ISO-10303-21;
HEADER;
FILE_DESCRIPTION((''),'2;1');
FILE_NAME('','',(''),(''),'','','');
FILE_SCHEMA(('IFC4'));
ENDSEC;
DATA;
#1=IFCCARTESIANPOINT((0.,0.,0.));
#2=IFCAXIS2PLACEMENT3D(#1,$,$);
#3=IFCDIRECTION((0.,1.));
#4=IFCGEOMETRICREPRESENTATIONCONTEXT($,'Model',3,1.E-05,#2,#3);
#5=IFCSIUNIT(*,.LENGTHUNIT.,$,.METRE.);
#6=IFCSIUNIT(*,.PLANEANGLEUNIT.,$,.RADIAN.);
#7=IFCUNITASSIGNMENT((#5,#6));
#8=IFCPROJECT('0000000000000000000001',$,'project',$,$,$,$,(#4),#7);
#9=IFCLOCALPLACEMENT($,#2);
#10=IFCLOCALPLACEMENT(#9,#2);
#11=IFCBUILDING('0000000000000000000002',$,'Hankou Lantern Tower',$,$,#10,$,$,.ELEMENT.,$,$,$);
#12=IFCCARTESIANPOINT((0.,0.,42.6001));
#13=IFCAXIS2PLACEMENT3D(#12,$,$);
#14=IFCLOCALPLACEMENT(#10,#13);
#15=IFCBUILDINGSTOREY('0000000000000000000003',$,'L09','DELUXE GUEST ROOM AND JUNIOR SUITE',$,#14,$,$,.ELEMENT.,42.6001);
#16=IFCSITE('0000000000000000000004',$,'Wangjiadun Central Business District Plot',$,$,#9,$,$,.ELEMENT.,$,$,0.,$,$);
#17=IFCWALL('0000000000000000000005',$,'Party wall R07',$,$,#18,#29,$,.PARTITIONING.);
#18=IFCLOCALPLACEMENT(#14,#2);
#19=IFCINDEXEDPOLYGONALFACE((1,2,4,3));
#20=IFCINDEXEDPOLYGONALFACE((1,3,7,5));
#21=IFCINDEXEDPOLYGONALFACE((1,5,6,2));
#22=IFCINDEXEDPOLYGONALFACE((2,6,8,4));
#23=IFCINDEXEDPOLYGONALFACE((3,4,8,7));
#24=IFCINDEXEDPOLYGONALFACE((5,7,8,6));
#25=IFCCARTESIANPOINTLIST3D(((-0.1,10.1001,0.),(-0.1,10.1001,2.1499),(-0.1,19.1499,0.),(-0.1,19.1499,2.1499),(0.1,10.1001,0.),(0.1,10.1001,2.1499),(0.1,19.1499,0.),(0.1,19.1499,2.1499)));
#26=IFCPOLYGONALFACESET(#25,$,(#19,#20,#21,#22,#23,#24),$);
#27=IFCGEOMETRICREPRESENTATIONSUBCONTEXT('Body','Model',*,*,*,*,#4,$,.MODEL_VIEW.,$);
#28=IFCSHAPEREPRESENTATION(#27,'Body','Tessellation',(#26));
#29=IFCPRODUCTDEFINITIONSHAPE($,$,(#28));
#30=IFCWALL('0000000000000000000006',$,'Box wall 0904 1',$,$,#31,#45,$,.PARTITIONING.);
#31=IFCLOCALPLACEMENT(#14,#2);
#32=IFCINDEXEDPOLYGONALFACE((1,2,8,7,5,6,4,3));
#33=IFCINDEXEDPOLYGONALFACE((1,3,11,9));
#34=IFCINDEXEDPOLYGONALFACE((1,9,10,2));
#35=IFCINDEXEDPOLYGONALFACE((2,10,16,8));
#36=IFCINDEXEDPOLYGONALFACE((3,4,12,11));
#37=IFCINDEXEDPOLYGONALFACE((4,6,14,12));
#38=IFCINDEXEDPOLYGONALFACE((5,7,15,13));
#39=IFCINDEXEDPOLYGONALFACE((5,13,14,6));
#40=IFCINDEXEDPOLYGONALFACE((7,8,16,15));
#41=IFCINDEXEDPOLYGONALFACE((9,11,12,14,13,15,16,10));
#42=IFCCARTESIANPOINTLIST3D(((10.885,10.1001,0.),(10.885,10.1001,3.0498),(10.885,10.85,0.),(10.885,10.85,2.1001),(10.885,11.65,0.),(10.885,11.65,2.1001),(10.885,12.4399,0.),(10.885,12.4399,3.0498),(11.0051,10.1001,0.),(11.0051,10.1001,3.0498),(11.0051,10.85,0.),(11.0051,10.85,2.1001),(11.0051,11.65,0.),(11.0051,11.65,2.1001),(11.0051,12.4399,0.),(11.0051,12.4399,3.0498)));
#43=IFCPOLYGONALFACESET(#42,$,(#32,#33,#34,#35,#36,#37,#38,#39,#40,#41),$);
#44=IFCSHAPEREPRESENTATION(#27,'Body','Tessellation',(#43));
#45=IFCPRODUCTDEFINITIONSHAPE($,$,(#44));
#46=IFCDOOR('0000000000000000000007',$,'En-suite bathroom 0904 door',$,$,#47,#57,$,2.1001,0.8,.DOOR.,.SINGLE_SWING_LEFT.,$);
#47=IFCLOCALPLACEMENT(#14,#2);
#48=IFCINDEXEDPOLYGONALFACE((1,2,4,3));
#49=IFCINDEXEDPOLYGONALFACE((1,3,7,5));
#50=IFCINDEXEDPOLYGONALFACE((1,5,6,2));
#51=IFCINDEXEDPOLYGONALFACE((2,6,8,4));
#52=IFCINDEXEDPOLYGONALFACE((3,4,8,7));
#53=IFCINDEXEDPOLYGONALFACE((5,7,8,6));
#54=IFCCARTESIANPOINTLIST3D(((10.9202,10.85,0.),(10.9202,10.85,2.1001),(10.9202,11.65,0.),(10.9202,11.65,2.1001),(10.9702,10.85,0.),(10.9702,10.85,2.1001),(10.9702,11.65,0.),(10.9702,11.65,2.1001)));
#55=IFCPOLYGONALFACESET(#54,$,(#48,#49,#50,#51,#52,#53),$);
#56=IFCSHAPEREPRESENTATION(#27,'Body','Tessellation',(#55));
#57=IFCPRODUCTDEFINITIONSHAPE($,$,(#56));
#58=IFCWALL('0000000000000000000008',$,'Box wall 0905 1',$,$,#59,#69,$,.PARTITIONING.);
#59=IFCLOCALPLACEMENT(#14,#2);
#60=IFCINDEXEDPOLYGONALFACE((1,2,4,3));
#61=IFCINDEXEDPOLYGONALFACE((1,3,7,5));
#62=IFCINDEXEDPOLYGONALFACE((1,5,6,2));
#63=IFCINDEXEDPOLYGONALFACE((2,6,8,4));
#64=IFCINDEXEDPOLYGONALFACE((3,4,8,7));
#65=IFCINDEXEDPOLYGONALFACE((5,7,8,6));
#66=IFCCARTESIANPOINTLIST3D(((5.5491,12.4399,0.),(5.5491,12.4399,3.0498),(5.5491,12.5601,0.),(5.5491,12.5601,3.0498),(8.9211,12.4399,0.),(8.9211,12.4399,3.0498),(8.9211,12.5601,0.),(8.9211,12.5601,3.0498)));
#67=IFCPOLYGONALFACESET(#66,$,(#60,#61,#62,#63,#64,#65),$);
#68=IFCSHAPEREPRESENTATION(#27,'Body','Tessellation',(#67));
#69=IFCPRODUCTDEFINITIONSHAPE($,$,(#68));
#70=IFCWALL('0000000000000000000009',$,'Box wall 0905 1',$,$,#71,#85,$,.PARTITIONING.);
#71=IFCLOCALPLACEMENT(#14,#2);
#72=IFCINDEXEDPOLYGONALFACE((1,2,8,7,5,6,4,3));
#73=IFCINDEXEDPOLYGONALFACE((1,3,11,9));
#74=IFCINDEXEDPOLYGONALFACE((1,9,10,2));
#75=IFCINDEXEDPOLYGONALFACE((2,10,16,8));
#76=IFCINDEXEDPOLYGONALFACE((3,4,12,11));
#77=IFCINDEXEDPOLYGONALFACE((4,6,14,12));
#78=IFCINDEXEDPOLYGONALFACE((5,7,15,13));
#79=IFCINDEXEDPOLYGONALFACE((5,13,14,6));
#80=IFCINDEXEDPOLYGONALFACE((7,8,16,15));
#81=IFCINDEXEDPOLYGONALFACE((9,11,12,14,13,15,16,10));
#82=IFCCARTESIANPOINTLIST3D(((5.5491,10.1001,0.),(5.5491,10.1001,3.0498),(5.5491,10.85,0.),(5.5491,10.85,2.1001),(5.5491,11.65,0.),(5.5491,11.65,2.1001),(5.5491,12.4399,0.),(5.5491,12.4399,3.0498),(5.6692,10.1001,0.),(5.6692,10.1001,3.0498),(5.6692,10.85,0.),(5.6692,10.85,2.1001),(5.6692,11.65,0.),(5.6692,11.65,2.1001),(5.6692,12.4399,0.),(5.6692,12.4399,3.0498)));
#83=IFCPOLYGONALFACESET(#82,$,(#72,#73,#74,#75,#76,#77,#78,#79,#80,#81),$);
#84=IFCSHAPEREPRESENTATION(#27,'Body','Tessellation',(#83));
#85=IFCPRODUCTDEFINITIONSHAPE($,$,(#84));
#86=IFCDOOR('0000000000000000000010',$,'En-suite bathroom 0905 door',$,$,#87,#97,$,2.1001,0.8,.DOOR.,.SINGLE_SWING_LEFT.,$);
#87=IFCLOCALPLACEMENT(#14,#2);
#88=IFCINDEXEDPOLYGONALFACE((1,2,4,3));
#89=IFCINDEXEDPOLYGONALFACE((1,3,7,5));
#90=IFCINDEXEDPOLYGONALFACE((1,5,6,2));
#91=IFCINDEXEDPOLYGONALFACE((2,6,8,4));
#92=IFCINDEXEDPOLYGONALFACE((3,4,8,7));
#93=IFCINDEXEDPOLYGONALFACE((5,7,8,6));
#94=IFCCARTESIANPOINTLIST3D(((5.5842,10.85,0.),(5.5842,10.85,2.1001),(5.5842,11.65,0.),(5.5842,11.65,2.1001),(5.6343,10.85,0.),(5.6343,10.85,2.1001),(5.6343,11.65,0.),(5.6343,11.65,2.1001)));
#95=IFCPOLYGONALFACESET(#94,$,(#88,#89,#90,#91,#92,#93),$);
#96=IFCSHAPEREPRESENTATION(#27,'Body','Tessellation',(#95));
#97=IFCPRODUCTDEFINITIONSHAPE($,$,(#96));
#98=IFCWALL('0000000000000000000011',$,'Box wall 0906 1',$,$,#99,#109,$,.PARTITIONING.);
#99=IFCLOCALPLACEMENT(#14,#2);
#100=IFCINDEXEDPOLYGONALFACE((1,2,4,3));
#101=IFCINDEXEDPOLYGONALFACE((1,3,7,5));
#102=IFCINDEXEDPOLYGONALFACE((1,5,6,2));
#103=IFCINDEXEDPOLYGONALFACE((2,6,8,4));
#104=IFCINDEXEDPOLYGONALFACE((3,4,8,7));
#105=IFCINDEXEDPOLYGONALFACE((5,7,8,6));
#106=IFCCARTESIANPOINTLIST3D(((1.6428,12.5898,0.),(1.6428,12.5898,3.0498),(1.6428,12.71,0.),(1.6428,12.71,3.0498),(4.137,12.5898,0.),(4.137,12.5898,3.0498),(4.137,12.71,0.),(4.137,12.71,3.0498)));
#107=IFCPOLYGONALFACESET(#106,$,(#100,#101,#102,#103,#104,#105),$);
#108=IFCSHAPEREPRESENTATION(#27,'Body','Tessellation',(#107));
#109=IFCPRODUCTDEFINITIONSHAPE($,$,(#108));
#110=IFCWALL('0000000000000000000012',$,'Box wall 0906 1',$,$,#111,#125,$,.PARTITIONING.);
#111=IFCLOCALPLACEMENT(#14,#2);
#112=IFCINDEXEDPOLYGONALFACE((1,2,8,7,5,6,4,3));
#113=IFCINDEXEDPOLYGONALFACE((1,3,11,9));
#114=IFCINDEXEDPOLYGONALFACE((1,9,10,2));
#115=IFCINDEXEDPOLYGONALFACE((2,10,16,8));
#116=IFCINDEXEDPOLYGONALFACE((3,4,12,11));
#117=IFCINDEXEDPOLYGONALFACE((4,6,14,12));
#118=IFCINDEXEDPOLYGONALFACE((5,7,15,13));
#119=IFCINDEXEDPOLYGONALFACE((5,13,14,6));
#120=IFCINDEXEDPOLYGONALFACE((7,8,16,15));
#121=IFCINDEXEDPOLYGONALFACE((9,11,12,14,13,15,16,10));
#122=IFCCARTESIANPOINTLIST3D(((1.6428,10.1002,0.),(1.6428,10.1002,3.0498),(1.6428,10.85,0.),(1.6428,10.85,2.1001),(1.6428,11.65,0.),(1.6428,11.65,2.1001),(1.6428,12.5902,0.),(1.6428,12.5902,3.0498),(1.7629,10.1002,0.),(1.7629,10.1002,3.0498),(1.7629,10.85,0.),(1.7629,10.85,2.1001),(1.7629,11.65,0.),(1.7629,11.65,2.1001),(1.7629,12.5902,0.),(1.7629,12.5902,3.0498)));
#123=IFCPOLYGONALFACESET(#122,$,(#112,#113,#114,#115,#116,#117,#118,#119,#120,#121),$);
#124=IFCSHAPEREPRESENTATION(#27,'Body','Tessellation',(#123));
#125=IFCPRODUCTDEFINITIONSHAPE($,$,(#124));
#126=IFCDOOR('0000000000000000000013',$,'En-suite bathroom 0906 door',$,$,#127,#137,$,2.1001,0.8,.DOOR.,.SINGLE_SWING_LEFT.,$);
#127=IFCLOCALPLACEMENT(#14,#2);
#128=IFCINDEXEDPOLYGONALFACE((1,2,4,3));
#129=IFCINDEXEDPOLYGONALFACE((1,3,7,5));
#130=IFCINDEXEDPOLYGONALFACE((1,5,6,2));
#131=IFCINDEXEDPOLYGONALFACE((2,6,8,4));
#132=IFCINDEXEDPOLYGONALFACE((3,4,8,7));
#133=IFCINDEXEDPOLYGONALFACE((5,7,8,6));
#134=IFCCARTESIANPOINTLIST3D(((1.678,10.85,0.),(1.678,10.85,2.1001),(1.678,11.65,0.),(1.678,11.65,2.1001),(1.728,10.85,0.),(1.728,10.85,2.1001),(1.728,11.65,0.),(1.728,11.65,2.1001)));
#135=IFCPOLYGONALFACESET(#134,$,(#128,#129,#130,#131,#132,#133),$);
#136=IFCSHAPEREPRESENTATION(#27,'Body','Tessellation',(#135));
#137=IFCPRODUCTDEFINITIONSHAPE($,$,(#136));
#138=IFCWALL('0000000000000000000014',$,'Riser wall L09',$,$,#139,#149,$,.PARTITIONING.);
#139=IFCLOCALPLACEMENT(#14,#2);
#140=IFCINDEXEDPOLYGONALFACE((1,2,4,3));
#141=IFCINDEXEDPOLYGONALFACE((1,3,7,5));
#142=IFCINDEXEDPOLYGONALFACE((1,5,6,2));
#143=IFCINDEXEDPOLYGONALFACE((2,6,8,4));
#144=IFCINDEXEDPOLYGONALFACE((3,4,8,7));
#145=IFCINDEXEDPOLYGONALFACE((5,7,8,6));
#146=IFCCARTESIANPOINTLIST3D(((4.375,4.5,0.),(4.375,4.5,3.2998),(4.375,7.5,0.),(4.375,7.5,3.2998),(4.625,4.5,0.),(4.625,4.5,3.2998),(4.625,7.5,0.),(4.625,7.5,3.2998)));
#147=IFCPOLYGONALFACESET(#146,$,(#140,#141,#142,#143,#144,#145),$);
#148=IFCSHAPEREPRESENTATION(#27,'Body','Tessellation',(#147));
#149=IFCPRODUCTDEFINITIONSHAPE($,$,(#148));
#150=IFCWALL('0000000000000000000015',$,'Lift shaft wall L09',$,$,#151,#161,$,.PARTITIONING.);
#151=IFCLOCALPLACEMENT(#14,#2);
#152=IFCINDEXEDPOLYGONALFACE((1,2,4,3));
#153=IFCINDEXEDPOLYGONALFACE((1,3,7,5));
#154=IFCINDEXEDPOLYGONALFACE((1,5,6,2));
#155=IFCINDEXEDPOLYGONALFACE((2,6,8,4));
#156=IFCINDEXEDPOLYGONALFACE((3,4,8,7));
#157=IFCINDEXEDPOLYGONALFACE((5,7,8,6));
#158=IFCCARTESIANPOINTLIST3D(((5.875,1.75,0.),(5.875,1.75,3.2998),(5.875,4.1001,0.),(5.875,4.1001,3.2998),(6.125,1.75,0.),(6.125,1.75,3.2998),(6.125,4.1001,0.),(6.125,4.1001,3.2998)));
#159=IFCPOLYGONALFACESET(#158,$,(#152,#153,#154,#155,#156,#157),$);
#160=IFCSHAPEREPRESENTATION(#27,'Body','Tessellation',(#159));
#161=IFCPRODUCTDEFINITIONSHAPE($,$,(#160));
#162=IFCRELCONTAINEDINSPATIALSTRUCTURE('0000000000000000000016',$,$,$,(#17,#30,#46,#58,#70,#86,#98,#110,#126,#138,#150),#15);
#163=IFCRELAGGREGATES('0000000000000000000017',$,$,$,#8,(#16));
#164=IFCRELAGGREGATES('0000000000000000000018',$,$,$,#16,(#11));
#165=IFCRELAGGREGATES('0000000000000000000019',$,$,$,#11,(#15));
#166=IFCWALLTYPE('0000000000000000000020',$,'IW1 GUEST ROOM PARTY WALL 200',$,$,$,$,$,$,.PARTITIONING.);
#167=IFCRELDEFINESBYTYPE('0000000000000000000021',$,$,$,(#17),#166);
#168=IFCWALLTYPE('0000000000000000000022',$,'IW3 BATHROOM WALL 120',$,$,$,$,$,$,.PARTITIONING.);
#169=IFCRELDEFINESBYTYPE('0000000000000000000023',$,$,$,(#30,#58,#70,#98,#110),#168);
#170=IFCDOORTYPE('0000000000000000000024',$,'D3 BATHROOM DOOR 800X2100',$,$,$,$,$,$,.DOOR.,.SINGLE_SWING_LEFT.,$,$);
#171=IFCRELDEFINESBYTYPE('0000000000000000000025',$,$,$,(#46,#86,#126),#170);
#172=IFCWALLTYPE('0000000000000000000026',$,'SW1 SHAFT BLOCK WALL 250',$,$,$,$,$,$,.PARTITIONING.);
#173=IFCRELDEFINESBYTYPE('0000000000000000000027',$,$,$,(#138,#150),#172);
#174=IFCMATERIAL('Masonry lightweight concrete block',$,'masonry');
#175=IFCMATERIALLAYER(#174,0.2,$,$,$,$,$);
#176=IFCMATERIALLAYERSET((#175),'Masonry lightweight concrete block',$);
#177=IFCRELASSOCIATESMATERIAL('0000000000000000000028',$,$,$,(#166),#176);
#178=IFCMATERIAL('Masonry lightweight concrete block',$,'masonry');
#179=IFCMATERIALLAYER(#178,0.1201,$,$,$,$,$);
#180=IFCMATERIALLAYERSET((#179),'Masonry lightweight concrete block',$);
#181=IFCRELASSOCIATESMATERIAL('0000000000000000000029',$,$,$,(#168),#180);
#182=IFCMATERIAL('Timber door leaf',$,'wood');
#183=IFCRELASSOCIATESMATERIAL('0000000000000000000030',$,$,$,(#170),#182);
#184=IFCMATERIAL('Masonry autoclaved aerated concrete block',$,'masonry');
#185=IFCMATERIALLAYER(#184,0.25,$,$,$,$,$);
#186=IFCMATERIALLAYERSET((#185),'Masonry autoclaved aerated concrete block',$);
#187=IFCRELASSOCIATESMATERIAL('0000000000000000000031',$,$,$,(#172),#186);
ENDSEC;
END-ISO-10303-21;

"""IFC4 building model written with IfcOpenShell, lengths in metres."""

from ifc_helpers import new_model, si_unit, direction, frame, frame_2d, origin, place, context, subcontext, project, spatial, rectangle, extrude, material, layer, layer_set, type_object, element, fill, save


model = new_model("IFC4")

# Units and contexts
model_context = context("Model", 3, precision=1e-05, world=origin(), true_north=direction((0.0, 1.0)))
body_context = subcontext(model_context, "Body", "Model", "MODEL_VIEW")
ifc_project = project(units=[si_unit("LENGTHUNIT", "METRE"), si_unit("PLANEANGLEUNIT", "RADIAN")], contexts=[model_context])

# Site, building, storey
site_placement = place(None, origin())
site = spatial("IfcSite", under=ifc_project, at=site_placement, Name="Wangjiadun Central Business District Plot", CompositionType="ELEMENT", RefElevation=0.0)
building_placement = place(site_placement, origin())
building = spatial("IfcBuilding", under=site, at=building_placement, Name="Hankou Lantern Tower", CompositionType="ELEMENT")
storey_placement = place(building_placement, frame((0.0, 0.0, 42.6001)))
storey = spatial("IfcBuildingStorey", under=building, at=storey_placement, Name="L09", Description="DELUXE GUEST ROOM AND JUNIOR SUITE", CompositionType="ELEMENT", Elevation=42.6001)

# Wall
ifc_material_1 = material(Name="Masonry lightweight concrete block", Category="masonry")
ifc_layer_1 = layer(ifc_material_1, 0.2)
ifc_layer_set_1 = layer_set([ifc_layer_1], Name="Masonry lightweight concrete block")
wall_type_1 = type_object("IfcWallType", Name="IW1 GUEST ROOM PARTY WALL 200", PredefinedType="PARTITIONING", material=ifc_layer_set_1)
wall_1_placement = place(storey_placement, frame((0.0, 10.1001, 0.0), z_axis=(0.0, 0.0, 1.0), x_axis=(0.0, 1.0, 0.0)))
element("IfcWall", 1, at=wall_1_placement, inside=storey, type_object=wall_type_1, Name="Party wall R07", PredefinedType="PARTITIONING", context=body_context, shape_type="SweptSolid", body=[
    extrude(rectangle(XDim=9.0498, YDim=0.2, at=frame_2d((4.5249, 0.0))), origin(), (0.0, 0.0, 1.0), 2.1499),
])

# Wall, opening, door
ifc_material_2 = material(Name="Masonry lightweight concrete block", Category="masonry")
ifc_layer_2 = layer(ifc_material_2, 0.1201)
ifc_layer_set_2 = layer_set([ifc_layer_2], Name="Masonry lightweight concrete block")
wall_type_2 = type_object("IfcWallType", Name="IW3 BATHROOM WALL 120", PredefinedType="PARTITIONING", material=ifc_layer_set_2)
wall_2_placement = place(storey_placement, frame((10.9451, 10.1001, 0.0), z_axis=(0.0, 0.0, 1.0), x_axis=(0.0, 1.0, 0.0)))
wall_2 = element("IfcWall", 2, at=wall_2_placement, inside=storey, type_object=wall_type_2, Name="Box wall 0904 1", PredefinedType="PARTITIONING", context=body_context, shape_type="SweptSolid", body=[
    extrude(rectangle(XDim=2.3398, YDim=0.1201, at=frame_2d((1.1699, 0.0))), origin(), (0.0, 0.0, 1.0), 3.0498),
])
opening_1_placement = place(wall_2_placement, frame((0.75, 0.0, 0.0)))
opening_1 = element("IfcOpeningElement", 3, at=opening_1_placement, cuts=wall_2, PredefinedType="OPENING", context=body_context, shape_type="SweptSolid", body=[
    extrude(rectangle(XDim=0.8, YDim=2.1001, at=frame_2d((0.3999, 1.05))), frame((0.0, 0.0701, 0.0), z_axis=(0.0, -1.0, 0.0), x_axis=(1.0, 0.0, 0.0)), (0.0, 0.0, 1.0), 0.1401),
])
ifc_material_3 = material(Name="Timber door leaf", Category="wood")
door_type_1 = type_object("IfcDoorType", Name="D3 BATHROOM DOOR 800X2100", OperationType="SINGLE_SWING_LEFT", PredefinedType="DOOR", material=ifc_material_3)
door_1_placement = place(opening_1_placement, origin())
door_1 = element("IfcDoor", 4, at=door_1_placement, inside=storey, type_object=door_type_1, Name="En-suite bathroom 0904 door", OperationType="SINGLE_SWING_LEFT", OverallHeight=2.1001, OverallWidth=0.8, PredefinedType="DOOR", context=body_context, shape_type="SweptSolid", body=[
    extrude(rectangle(XDim=0.8, YDim=2.1001, at=frame_2d((0.3999, 1.05))), frame((0.0, 0.0249, 0.0), z_axis=(0.0, -1.0, 0.0), x_axis=(1.0, 0.0, 0.0)), (0.0, 0.0, 1.0), 0.05),
])
fill(opening_1, door_1)

# Wall
wall_3_placement = place(storey_placement, frame((8.9211, 12.5, 0.0), z_axis=(0.0, 0.0, 1.0), x_axis=(-1.0, 0.0, 0.0)))
element("IfcWall", 5, at=wall_3_placement, inside=storey, type_object=wall_type_2, Name="Box wall 0905 1", PredefinedType="PARTITIONING", context=body_context, shape_type="SweptSolid", body=[
    extrude(rectangle(XDim=3.3721, YDim=0.1201, at=frame_2d((1.686, 0.0))), origin(), (0.0, 0.0, 1.0), 3.0498),
])

# Wall, opening, door
wall_4_placement = place(storey_placement, frame((5.6091, 10.1001, 0.0), z_axis=(0.0, 0.0, 1.0), x_axis=(0.0, 1.0, 0.0)))
wall_4 = element("IfcWall", 6, at=wall_4_placement, inside=storey, type_object=wall_type_2, Name="Box wall 0905 1", PredefinedType="PARTITIONING", context=body_context, shape_type="SweptSolid", body=[
    extrude(rectangle(XDim=2.3398, YDim=0.1201, at=frame_2d((1.1699, 0.0))), origin(), (0.0, 0.0, 1.0), 3.0498),
])
opening_2_placement = place(wall_4_placement, frame((0.75, 0.0, 0.0)))
opening_2 = element("IfcOpeningElement", 7, at=opening_2_placement, cuts=wall_4, PredefinedType="OPENING", context=body_context, shape_type="SweptSolid", body=[
    extrude(rectangle(XDim=0.8, YDim=2.1001, at=frame_2d((0.3999, 1.05))), frame((0.0, 0.0701, 0.0), z_axis=(0.0, -1.0, 0.0), x_axis=(1.0, 0.0, 0.0)), (0.0, 0.0, 1.0), 0.1401),
])
door_2_placement = place(opening_2_placement, origin())
door_2 = element("IfcDoor", 8, at=door_2_placement, inside=storey, type_object=door_type_1, Name="En-suite bathroom 0905 door", OperationType="SINGLE_SWING_LEFT", OverallHeight=2.1001, OverallWidth=0.8, PredefinedType="DOOR", context=body_context, shape_type="SweptSolid", body=[
    extrude(rectangle(XDim=0.8, YDim=2.1001, at=frame_2d((0.3999, 1.05))), frame((0.0, 0.0249, 0.0), z_axis=(0.0, -1.0, 0.0), x_axis=(1.0, 0.0, 0.0)), (0.0, 0.0, 1.0), 0.05),
])
fill(opening_2, door_2)

# Wall
wall_5_placement = place(storey_placement, frame((4.137, 12.6499, 0.0), z_axis=(0.0, 0.0, 1.0), x_axis=(-1.0, 0.0, 0.0)))
element("IfcWall", 9, at=wall_5_placement, inside=storey, type_object=wall_type_2, Name="Box wall 0906 1", PredefinedType="PARTITIONING", context=body_context, shape_type="SweptSolid", body=[
    extrude(rectangle(XDim=2.4941, YDim=0.1201, at=frame_2d((1.2471, 0.0))), origin(), (0.0, 0.0, 1.0), 3.0498),
])

# Wall, opening, door
wall_6_placement = place(storey_placement, frame((1.7029, 10.1001, 0.0), z_axis=(0.0, 0.0, 1.0), x_axis=(0.0, 1.0, 0.0)))
wall_6 = element("IfcWall", 10, at=wall_6_placement, inside=storey, type_object=wall_type_2, Name="Box wall 0906 1", PredefinedType="PARTITIONING", context=body_context, shape_type="SweptSolid", body=[
    extrude(rectangle(XDim=2.49, YDim=0.1201, at=frame_2d((1.2451, 0.0))), origin(), (0.0, 0.0, 1.0), 3.0498),
])
opening_3_placement = place(wall_6_placement, frame((0.75, 0.0, 0.0)))
opening_3 = element("IfcOpeningElement", 11, at=opening_3_placement, cuts=wall_6, PredefinedType="OPENING", context=body_context, shape_type="SweptSolid", body=[
    extrude(rectangle(XDim=0.8, YDim=2.1001, at=frame_2d((0.3999, 1.05))), frame((0.0, 0.0701, 0.0), z_axis=(0.0, -1.0, 0.0), x_axis=(1.0, 0.0, 0.0)), (0.0, 0.0, 1.0), 0.1401),
])
door_3_placement = place(opening_3_placement, origin())
door_3 = element("IfcDoor", 12, at=door_3_placement, inside=storey, type_object=door_type_1, Name="En-suite bathroom 0906 door", OperationType="SINGLE_SWING_LEFT", OverallHeight=2.1001, OverallWidth=0.8, PredefinedType="DOOR", context=body_context, shape_type="SweptSolid", body=[
    extrude(rectangle(XDim=0.8, YDim=2.1001, at=frame_2d((0.3999, 1.05))), frame((0.0, 0.0249, 0.0), z_axis=(0.0, -1.0, 0.0), x_axis=(1.0, 0.0, 0.0)), (0.0, 0.0, 1.0), 0.05),
])
fill(opening_3, door_3)

# Walls
ifc_material_4 = material(Name="Masonry autoclaved aerated concrete block", Category="masonry")
ifc_layer_3 = layer(ifc_material_4, 0.25)
ifc_layer_set_3 = layer_set([ifc_layer_3], Name="Masonry autoclaved aerated concrete block")
wall_type_3 = type_object("IfcWallType", Name="SW1 SHAFT BLOCK WALL 250", PredefinedType="PARTITIONING", material=ifc_layer_set_3)
wall_7_placement = place(storey_placement, frame((4.5, 4.5, 0.0), z_axis=(0.0, 0.0, 1.0), x_axis=(0.0, 1.0, 0.0)))
element("IfcWall", 13, at=wall_7_placement, inside=storey, type_object=wall_type_3, Name="Riser wall L09", PredefinedType="PARTITIONING", context=body_context, shape_type="SweptSolid", body=[
    extrude(rectangle(XDim=3.0, YDim=0.25, at=frame_2d((1.5, 0.0))), origin(), (0.0, 0.0, 1.0), 3.2998),
])
wall_8_placement = place(storey_placement, frame((6.0, 1.75, 0.0), z_axis=(0.0, 0.0, 1.0), x_axis=(0.0, 1.0, 0.0)))
element("IfcWall", 14, at=wall_8_placement, inside=storey, type_object=wall_type_3, Name="Lift shaft wall L09", PredefinedType="PARTITIONING", context=body_context, shape_type="SweptSolid", body=[
    extrude(rectangle(XDim=2.3501, YDim=0.25, at=frame_2d((1.175, 0.0))), origin(), (0.0, 0.0, 1.0), 3.2998),
])

save(model, "model.ifc")
